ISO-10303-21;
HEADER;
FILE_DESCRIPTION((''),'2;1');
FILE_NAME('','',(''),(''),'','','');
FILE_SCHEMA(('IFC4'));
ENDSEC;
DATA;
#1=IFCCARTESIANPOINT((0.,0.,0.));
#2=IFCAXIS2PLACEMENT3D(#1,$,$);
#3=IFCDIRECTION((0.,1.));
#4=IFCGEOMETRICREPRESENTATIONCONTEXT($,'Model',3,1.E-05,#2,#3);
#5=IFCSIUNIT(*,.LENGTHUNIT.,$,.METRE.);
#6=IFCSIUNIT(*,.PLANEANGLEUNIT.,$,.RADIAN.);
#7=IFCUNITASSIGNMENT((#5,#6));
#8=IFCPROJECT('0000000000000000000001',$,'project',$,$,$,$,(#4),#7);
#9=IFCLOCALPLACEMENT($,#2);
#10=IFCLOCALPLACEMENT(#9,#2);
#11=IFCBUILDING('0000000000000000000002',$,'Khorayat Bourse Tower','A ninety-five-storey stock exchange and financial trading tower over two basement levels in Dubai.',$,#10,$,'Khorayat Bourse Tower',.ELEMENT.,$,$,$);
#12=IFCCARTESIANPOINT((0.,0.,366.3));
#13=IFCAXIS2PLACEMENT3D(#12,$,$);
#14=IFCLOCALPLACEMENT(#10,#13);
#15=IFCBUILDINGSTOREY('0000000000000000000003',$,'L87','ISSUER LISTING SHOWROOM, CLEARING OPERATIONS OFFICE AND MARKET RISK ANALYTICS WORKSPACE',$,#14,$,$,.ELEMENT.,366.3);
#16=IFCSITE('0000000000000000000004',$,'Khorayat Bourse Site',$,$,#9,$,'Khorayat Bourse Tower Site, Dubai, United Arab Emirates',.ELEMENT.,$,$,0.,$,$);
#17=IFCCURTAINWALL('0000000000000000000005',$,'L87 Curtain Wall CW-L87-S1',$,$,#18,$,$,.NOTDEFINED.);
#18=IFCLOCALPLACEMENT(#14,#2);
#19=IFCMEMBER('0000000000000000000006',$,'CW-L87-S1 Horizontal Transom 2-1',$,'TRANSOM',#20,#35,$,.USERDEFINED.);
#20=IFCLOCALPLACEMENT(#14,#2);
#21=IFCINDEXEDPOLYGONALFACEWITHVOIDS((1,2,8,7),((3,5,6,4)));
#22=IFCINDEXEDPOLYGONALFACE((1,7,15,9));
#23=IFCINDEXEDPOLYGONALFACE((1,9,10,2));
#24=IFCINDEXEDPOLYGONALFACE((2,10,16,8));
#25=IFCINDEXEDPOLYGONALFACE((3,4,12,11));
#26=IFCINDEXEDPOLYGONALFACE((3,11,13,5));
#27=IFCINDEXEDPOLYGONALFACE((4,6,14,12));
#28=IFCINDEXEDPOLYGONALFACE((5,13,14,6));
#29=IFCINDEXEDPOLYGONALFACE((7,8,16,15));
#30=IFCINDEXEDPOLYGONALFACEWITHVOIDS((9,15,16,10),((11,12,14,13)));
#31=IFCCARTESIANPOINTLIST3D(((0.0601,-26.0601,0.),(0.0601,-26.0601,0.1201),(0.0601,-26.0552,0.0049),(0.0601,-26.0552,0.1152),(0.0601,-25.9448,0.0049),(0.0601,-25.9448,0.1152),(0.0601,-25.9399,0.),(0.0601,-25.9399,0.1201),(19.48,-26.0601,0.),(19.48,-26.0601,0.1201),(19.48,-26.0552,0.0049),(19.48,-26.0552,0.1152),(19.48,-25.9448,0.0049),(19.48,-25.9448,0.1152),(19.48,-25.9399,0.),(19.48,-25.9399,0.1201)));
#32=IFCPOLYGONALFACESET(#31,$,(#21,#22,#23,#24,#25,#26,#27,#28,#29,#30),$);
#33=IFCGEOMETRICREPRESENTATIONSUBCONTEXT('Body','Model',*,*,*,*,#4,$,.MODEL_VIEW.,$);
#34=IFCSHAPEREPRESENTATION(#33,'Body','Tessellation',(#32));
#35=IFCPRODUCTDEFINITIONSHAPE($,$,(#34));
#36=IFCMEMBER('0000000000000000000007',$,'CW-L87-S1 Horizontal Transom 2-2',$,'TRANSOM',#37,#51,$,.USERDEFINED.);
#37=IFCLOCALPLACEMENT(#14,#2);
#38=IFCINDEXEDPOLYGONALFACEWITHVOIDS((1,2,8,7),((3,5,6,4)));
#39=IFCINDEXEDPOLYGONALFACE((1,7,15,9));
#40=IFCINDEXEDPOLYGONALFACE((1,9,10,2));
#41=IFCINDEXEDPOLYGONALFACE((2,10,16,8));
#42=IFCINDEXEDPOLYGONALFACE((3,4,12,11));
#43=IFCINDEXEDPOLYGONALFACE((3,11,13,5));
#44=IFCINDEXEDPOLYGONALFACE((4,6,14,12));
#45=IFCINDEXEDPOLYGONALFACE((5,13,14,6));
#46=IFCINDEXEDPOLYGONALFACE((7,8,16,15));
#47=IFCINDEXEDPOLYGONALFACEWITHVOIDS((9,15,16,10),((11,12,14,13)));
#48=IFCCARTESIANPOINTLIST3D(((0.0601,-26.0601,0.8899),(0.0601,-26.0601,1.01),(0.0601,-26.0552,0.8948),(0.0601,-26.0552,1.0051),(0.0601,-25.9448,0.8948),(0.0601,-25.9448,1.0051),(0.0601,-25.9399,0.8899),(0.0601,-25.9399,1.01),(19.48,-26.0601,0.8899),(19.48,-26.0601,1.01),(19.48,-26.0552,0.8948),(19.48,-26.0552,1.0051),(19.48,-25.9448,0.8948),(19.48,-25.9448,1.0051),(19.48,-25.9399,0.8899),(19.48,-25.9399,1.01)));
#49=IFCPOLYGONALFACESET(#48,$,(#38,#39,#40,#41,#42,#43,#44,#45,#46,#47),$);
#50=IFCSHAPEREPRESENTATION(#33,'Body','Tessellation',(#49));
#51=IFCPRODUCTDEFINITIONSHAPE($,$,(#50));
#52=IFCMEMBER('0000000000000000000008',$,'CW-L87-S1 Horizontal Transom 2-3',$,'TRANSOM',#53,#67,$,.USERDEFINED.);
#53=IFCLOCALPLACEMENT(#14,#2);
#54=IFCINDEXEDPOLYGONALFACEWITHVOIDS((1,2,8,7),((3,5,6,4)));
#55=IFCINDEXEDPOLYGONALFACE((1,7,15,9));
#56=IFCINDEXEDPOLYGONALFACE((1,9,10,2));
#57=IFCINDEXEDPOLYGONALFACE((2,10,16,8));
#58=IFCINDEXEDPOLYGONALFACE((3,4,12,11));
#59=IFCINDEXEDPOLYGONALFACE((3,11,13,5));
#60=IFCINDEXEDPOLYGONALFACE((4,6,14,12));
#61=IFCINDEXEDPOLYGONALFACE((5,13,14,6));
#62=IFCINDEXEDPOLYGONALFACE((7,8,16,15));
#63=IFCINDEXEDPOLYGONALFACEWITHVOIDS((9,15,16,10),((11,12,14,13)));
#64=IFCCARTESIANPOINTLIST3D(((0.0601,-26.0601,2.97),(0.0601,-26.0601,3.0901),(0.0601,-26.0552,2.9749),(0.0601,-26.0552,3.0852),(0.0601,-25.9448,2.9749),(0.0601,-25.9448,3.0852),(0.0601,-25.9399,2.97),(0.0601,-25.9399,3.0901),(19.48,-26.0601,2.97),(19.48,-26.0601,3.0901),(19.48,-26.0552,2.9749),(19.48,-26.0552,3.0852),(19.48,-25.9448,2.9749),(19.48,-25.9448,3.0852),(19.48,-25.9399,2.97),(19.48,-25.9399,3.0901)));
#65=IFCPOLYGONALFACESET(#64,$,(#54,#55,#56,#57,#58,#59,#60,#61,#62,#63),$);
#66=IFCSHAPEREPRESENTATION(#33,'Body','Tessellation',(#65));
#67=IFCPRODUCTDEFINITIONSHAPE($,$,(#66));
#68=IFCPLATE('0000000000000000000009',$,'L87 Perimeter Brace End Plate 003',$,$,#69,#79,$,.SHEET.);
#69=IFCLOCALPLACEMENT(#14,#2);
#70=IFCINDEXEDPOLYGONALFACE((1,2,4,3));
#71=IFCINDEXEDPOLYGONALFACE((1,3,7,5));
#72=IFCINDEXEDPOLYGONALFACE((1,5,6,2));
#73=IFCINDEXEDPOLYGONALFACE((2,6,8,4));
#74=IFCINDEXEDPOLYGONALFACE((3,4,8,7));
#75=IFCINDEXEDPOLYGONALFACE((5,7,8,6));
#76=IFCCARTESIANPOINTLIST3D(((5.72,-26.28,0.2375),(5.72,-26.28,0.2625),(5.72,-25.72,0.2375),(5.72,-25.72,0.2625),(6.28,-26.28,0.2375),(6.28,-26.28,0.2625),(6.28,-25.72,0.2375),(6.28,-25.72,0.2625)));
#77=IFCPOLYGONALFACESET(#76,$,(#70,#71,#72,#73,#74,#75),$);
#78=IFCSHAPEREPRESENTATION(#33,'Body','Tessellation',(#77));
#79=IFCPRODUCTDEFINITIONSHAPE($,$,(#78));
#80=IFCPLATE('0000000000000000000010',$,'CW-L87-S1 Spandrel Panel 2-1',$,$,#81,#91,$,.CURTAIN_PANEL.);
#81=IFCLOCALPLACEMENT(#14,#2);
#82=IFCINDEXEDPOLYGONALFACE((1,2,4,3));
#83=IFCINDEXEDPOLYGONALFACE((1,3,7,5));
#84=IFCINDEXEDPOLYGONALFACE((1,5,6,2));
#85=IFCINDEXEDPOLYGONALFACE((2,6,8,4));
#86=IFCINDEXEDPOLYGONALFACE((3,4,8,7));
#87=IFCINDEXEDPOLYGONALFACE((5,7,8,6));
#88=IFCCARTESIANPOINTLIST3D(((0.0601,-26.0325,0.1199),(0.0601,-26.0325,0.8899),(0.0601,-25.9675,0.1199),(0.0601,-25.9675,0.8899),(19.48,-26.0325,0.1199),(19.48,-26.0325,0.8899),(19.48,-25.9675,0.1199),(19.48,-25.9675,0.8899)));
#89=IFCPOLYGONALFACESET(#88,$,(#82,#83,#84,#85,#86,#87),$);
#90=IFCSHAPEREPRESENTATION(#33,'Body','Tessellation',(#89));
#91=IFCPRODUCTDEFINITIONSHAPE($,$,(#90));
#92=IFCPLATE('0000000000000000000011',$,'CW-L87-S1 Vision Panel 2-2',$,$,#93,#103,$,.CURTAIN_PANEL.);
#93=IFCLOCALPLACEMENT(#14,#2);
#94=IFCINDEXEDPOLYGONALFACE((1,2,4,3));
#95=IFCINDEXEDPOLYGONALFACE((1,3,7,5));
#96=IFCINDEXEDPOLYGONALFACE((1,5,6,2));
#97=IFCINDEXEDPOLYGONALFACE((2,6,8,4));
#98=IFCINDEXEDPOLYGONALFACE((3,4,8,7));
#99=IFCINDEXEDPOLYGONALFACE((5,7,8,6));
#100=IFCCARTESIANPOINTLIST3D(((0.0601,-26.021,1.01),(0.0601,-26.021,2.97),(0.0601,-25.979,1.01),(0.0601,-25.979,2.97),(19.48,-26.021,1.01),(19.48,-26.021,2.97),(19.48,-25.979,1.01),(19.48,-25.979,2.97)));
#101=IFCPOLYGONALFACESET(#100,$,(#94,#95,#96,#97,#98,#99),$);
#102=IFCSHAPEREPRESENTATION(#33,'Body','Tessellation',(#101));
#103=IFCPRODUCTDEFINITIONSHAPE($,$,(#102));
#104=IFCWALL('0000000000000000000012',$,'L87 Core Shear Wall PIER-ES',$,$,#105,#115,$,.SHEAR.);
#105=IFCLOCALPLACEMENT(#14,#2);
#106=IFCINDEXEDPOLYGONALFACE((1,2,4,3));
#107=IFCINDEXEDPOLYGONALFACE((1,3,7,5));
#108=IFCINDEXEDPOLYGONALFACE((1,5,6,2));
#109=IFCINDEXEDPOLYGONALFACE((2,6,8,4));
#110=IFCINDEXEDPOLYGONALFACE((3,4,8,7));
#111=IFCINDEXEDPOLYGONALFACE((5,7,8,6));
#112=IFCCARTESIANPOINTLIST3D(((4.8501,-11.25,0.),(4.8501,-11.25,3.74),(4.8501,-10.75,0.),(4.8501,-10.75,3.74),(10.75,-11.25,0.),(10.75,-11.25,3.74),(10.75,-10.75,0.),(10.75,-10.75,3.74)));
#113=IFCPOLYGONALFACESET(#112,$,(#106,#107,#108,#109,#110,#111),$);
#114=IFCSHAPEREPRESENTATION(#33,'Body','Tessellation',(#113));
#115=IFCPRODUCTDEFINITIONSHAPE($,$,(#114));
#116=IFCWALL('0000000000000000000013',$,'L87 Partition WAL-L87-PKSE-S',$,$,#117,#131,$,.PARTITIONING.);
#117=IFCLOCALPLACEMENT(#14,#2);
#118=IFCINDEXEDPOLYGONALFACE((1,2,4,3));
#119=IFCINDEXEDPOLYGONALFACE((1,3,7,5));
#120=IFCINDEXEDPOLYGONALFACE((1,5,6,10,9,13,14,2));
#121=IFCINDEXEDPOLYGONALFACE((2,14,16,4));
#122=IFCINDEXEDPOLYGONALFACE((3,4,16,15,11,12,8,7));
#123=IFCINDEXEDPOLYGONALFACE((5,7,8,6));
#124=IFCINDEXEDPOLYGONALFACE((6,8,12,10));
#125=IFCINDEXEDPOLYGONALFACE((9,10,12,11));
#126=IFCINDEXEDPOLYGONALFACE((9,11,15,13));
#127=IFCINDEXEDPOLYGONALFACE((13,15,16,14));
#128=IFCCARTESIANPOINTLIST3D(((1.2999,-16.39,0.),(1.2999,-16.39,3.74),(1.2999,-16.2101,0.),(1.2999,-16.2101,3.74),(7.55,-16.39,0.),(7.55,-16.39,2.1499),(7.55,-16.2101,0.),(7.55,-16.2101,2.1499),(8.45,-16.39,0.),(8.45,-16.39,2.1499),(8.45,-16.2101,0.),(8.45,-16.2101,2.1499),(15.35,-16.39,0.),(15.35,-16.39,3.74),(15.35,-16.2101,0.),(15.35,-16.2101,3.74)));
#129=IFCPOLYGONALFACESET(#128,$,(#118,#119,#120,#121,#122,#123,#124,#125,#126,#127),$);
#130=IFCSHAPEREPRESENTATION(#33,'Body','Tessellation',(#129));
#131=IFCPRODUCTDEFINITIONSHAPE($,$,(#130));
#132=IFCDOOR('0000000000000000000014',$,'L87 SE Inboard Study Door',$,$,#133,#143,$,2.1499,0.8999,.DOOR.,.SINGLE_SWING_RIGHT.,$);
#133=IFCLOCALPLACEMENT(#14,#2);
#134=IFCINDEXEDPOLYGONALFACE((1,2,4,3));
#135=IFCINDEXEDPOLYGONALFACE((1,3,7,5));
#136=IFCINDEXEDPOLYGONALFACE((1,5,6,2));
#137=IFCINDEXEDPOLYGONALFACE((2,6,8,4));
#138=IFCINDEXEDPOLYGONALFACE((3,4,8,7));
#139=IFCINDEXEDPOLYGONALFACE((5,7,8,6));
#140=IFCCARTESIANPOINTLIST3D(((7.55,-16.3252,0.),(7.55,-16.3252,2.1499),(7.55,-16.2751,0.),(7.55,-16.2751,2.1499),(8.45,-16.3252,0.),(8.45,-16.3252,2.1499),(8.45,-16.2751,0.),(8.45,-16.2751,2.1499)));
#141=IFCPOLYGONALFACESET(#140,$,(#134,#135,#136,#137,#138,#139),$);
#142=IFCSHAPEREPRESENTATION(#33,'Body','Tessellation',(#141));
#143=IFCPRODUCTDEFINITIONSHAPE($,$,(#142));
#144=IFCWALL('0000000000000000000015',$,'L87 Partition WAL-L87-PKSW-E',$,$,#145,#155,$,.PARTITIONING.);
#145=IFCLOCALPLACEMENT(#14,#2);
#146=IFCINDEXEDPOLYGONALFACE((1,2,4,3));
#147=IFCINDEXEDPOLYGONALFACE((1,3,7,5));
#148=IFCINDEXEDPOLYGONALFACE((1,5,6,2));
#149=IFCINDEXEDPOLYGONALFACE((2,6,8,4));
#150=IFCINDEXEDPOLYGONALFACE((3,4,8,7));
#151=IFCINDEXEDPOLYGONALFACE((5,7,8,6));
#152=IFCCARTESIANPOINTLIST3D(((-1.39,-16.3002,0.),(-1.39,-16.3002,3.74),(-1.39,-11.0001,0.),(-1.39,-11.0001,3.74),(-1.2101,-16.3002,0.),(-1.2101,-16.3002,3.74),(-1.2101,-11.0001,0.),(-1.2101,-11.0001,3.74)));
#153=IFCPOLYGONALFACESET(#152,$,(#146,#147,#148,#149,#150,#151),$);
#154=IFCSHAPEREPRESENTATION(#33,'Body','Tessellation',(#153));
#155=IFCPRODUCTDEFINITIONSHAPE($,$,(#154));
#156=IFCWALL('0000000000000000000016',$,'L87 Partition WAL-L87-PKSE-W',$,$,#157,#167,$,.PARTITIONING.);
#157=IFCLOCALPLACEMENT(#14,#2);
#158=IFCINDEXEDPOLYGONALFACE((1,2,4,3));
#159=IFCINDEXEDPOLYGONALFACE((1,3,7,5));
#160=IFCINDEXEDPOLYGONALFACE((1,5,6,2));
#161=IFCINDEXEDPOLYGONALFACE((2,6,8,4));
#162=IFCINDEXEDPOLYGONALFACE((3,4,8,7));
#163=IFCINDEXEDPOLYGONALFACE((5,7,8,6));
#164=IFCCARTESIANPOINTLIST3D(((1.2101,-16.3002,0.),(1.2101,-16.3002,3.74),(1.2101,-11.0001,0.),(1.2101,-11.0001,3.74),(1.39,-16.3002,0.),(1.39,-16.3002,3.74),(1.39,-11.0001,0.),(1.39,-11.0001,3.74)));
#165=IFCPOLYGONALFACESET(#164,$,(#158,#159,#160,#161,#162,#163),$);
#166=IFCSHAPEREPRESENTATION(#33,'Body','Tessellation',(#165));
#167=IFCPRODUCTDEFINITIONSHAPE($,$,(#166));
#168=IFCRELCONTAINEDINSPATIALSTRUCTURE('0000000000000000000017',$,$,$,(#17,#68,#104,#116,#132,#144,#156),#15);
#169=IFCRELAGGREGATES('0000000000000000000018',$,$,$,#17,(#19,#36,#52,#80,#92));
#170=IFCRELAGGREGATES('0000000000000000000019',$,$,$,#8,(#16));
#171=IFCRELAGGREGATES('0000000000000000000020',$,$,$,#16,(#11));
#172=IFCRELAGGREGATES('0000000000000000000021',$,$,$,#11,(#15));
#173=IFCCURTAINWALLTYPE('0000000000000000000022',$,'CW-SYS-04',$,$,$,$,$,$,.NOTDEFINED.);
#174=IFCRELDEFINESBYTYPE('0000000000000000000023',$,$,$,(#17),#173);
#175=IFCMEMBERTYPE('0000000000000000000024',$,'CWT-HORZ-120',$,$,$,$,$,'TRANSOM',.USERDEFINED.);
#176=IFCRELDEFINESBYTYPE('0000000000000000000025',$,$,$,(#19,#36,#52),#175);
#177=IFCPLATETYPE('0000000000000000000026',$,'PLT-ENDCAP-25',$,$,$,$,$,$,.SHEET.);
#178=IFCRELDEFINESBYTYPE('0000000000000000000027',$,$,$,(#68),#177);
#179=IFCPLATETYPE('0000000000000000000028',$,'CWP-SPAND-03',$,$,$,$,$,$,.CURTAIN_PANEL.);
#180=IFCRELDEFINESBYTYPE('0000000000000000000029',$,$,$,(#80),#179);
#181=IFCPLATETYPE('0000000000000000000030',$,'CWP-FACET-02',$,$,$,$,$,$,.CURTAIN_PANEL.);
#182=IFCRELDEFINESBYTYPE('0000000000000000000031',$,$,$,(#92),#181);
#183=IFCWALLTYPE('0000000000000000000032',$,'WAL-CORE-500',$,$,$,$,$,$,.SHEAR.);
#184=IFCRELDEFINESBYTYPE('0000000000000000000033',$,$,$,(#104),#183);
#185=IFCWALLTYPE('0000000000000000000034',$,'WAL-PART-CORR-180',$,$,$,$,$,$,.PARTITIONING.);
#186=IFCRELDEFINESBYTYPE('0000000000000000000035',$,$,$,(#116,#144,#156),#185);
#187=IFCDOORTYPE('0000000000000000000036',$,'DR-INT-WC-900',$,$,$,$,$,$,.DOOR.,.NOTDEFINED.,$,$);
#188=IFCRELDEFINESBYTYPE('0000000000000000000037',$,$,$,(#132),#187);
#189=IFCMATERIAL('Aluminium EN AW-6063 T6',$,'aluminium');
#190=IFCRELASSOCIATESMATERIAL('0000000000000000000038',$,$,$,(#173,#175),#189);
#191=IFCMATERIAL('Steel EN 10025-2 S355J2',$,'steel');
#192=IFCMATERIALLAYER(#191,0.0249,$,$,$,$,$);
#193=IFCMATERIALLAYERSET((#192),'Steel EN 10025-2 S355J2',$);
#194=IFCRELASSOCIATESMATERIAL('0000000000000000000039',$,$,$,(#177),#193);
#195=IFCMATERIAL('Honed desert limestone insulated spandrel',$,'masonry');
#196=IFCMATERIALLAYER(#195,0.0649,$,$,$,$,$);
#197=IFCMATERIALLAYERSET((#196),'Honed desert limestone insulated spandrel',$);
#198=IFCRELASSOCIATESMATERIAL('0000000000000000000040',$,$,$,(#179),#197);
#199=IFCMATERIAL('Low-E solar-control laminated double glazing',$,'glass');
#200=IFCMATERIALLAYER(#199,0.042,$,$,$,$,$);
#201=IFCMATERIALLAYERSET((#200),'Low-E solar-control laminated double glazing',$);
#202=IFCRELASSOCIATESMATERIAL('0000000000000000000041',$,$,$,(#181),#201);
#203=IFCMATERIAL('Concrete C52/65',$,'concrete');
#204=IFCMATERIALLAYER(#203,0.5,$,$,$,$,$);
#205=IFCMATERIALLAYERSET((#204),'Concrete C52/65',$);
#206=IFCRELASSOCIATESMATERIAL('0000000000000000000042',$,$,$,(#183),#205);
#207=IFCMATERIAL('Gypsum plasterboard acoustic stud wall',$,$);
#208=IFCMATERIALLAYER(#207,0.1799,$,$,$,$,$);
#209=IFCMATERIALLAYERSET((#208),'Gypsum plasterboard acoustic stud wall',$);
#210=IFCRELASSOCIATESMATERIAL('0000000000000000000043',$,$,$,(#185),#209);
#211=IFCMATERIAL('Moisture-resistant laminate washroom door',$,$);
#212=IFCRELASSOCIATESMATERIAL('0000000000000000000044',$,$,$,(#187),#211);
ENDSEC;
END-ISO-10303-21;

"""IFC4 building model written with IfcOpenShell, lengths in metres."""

from ifc_helpers import new_model, si_unit, direction, frame, frame_2d, origin, origin_2d, place, context, subcontext, project, spatial, rectangle, hollow_rectangle, extrude, source, transform, mapped, material, layer, layer_set, material_profile, profile_set, type_object, element, fill, aggregate, save


model = new_model("IFC4")

# Units and contexts
model_context = context("Model", 3, precision=1e-05, world=origin(), true_north=direction((0.0, 1.0)))
body_context = subcontext(model_context, "Body", "Model", "MODEL_VIEW")
ifc_project = project(units=[si_unit("LENGTHUNIT", "METRE"), si_unit("PLANEANGLEUNIT", "RADIAN")], contexts=[model_context])

# Site, building, storey
site_placement = place(None, origin())
site = spatial("IfcSite", under=ifc_project, at=site_placement, Name="Khorayat Bourse Site", LongName="Khorayat Bourse Tower Site, Dubai, United Arab Emirates", CompositionType="ELEMENT", RefElevation=0.0)
building_placement = place(site_placement, origin())
building = spatial("IfcBuilding", under=site, at=building_placement, Name="Khorayat Bourse Tower", Description="A ninety-five-storey stock exchange and financial trading tower over two basement levels in Dubai.", LongName="Khorayat Bourse Tower", CompositionType="ELEMENT")
storey_placement = place(building_placement, frame((0.0, 0.0, 366.3)))
storey = spatial("IfcBuildingStorey", under=building, at=storey_placement, Name="L87", Description="ISSUER LISTING SHOWROOM, CLEARING OPERATIONS OFFICE AND MARKET RISK ANALYTICS WORKSPACE", CompositionType="ELEMENT", Elevation=366.3)

# Shared definitions
ifc_material_1 = material(Name="Concrete C52/65", Category="concrete")
ifc_material_2 = material(Name="Steel EN 10025-2 S355J2", Category="steel")

# Curtain wall, members
ifc_material_3 = material(Name="Aluminium EN AW-6063 T6", Category="aluminium")
curtain_wall_type = type_object("IfcCurtainWallType", Name="CW-SYS-04", PredefinedType="NOTDEFINED", material=ifc_material_3)
curtain_wall_placement = place(storey_placement, origin())
curtain_wall = element("IfcCurtainWall", 1, at=curtain_wall_placement, inside=storey, type_object=curtain_wall_type, Name="L87 Curtain Wall CW-L87-S1", PredefinedType="NOTDEFINED")
ifc_material_profile_1 = material_profile(ifc_material_3, hollow_rectangle(XDim=0.1201, YDim=0.1201, WallThickness=0.0049, at=origin_2d()), Name="ALU 120x120x5")
ifc_profile_set_1 = profile_set([ifc_material_profile_1], Name="Aluminium EN AW-6063 T6")
member_type_1 = type_object("IfcMemberType", Name="CWT-HORZ-120", ElementType="TRANSOM", PredefinedType="USERDEFINED", material=ifc_profile_set_1)
shared_shape_1 = source(origin(), body_context, "Body", "SweptSolid", [
    extrude(hollow_rectangle(XDim=0.1201, YDim=0.1201, WallThickness=0.0049, at=origin_2d()), origin(), (0.0, 0.0, 1.0), 19.4199),
])
member_1_placement = place(storey_placement, frame((0.0601, -26.0, 0.0601), z_axis=(1.0, 0.0, 0.0), x_axis=(0.0, 1.0, 0.0)))
member_1 = element("IfcMember", 2, at=member_1_placement, type_object=member_type_1, Name="CW-L87-S1 Horizontal Transom 2-1", ObjectType="TRANSOM", PredefinedType="USERDEFINED", context=body_context, shape_type="MappedRepresentation", body=[
    mapped(shared_shape_1, transform((0.0, 0.0, 0.0), scale=1.0)),
])
member_2_placement = place(storey_placement, frame((0.0601, -26.0, 0.95), z_axis=(1.0, 0.0, 0.0), x_axis=(0.0, 1.0, 0.0)))
member_2 = element("IfcMember", 3, at=member_2_placement, type_object=member_type_1, Name="CW-L87-S1 Horizontal Transom 2-2", ObjectType="TRANSOM", PredefinedType="USERDEFINED", context=body_context, shape_type="MappedRepresentation", body=[
    mapped(shared_shape_1, transform((0.0, 0.0, 0.0), scale=1.0)),
])
member_3_placement = place(storey_placement, frame((0.0601, -26.0, 3.03), z_axis=(1.0, 0.0, 0.0), x_axis=(0.0, 1.0, 0.0)))
member_3 = element("IfcMember", 4, at=member_3_placement, type_object=member_type_1, Name="CW-L87-S1 Horizontal Transom 2-3", ObjectType="TRANSOM", PredefinedType="USERDEFINED", context=body_context, shape_type="MappedRepresentation", body=[
    mapped(shared_shape_1, transform((0.0, 0.0, 0.0), scale=1.0)),
])

# Plates
ifc_layer_1 = layer(ifc_material_2, 0.0249)
ifc_layer_set_1 = layer_set([ifc_layer_1], Name="Steel EN 10025-2 S355J2")
plate_type_1 = type_object("IfcPlateType", Name="PLT-ENDCAP-25", PredefinedType="SHEET", material=ifc_layer_set_1)
shared_shape_2 = source(origin(), body_context, "Body", "SweptSolid", [
    extrude(rectangle(XDim=0.5601, YDim=0.5601, at=origin_2d()), origin(), (0.0, 0.0, 1.0), 0.0249),
])
plate_1_placement = place(storey_placement, frame((6.0, -26.0, 0.2375), z_axis=(0.0, 0.0, 1.0), x_axis=(1.0, 0.0, 0.0)))
element("IfcPlate", 5, at=plate_1_placement, inside=storey, type_object=plate_type_1, Name="L87 Perimeter Brace End Plate 003", PredefinedType="SHEET", context=body_context, shape_type="MappedRepresentation", body=[
    mapped(shared_shape_2, transform((0.0, 0.0, 0.0), scale=1.0)),
])
ifc_material_4 = material(Name="Honed desert limestone insulated spandrel", Category="masonry")
ifc_layer_2 = layer(ifc_material_4, 0.0649)
ifc_layer_set_2 = layer_set([ifc_layer_2], Name="Honed desert limestone insulated spandrel")
plate_type_2 = type_object("IfcPlateType", Name="CWP-SPAND-03", PredefinedType="CURTAIN_PANEL", material=ifc_layer_set_2)
shared_shape_3 = source(origin(), body_context, "Body", "SweptSolid", [
    extrude(rectangle(XDim=19.4199, YDim=0.0649, at=origin_2d()), origin(), (0.0, 0.0, 1.0), 0.77),
])
plate_2_placement = place(storey_placement, frame((9.77, -26.0, 0.1199), z_axis=(0.0, 0.0, 1.0), x_axis=(1.0, 0.0, 0.0)))
plate_2 = element("IfcPlate", 6, at=plate_2_placement, type_object=plate_type_2, Name="CW-L87-S1 Spandrel Panel 2-1", PredefinedType="CURTAIN_PANEL", context=body_context, shape_type="MappedRepresentation", body=[
    mapped(shared_shape_3, transform((0.0, 0.0, 0.0), scale=1.0)),
])
ifc_material_5 = material(Name="Low-E solar-control laminated double glazing", Category="glass")
ifc_layer_3 = layer(ifc_material_5, 0.042)
ifc_layer_set_3 = layer_set([ifc_layer_3], Name="Low-E solar-control laminated double glazing")
plate_type_3 = type_object("IfcPlateType", Name="CWP-FACET-02", PredefinedType="CURTAIN_PANEL", material=ifc_layer_set_3)
shared_shape_4 = source(origin(), body_context, "Body", "SweptSolid", [
    extrude(rectangle(XDim=19.4199, YDim=0.042, at=origin_2d()), origin(), (0.0, 0.0, 1.0), 1.96),
])
plate_3_placement = place(storey_placement, frame((9.77, -26.0, 1.01), z_axis=(0.0, 0.0, 1.0), x_axis=(1.0, 0.0, 0.0)))
plate_3 = element("IfcPlate", 7, at=plate_3_placement, type_object=plate_type_3, Name="CW-L87-S1 Vision Panel 2-2", PredefinedType="CURTAIN_PANEL", context=body_context, shape_type="MappedRepresentation", body=[
    mapped(shared_shape_4, transform((0.0, 0.0, 0.0), scale=1.0)),
])
aggregate(curtain_wall, [member_1, member_2, member_3, plate_2, plate_3])

# Wall
ifc_layer_4 = layer(ifc_material_1, 0.5)
ifc_layer_set_4 = layer_set([ifc_layer_4], Name="Concrete C52/65")
wall_type_1 = type_object("IfcWallType", Name="WAL-CORE-500", PredefinedType="SHEAR", material=ifc_layer_set_4)
shared_shape_5 = source(origin(), body_context, "Body", "SweptSolid", [
    extrude(rectangle(XDim=5.8999, YDim=0.5, at=frame_2d((2.95, 0.0))), origin(), (0.0, 0.0, 1.0), 3.74),
])
wall_1_placement = place(storey_placement, frame((4.8501, -11.0, 0.0), z_axis=(0.0, 0.0, 1.0), x_axis=(1.0, 0.0, 0.0)))
element("IfcWall", 8, at=wall_1_placement, inside=storey, type_object=wall_type_1, Name="L87 Core Shear Wall PIER-ES", PredefinedType="SHEAR", context=body_context, shape_type="MappedRepresentation", body=[
    mapped(shared_shape_5, transform((0.0, 0.0, 0.0), scale=1.0)),
])

# Wall, opening, door
ifc_material_6 = material(Name="Gypsum plasterboard acoustic stud wall")
ifc_layer_5 = layer(ifc_material_6, 0.1799)
ifc_layer_set_5 = layer_set([ifc_layer_5], Name="Gypsum plasterboard acoustic stud wall")
wall_type_2 = type_object("IfcWallType", Name="WAL-PART-CORR-180", PredefinedType="PARTITIONING", material=ifc_layer_set_5)
shared_shape_6 = source(origin(), body_context, "Body", "SweptSolid", [
    extrude(rectangle(XDim=14.05, YDim=0.1799, at=frame_2d((7.0249, 0.0))), origin(), (0.0, 0.0, 1.0), 3.74),
])
wall_2_placement = place(storey_placement, frame((1.3, -16.3, 0.0), z_axis=(0.0, 0.0, 1.0), x_axis=(1.0, 0.0, 0.0)))
wall_2 = element("IfcWall", 9, at=wall_2_placement, inside=storey, type_object=wall_type_2, Name="L87 Partition WAL-L87-PKSE-S", PredefinedType="PARTITIONING", context=body_context, shape_type="MappedRepresentation", body=[
    mapped(shared_shape_6, transform((0.0, 0.0, 0.0), scale=1.0)),
])
shared_shape_7 = source(origin(), body_context, "Body", "SweptSolid", [
    extrude(rectangle(XDim=0.8999, YDim=2.1499, at=frame_2d((0.45, 1.075))), frame((0.0, 0.0999, 0.0), z_axis=(0.0, -1.0, 0.0), x_axis=(1.0, 0.0, 0.0)), (0.0, 0.0, 1.0), 0.2),
])
opening_placement = place(wall_2_placement, frame((6.25, 0.0, 0.0)))
opening = element("IfcOpeningElement", 10, at=opening_placement, cuts=wall_2, PredefinedType="OPENING", context=body_context, shape_type="MappedRepresentation", body=[
    mapped(shared_shape_7, transform((0.0, 0.0, 0.0), scale=1.0)),
])
ifc_material_7 = material(Name="Moisture-resistant laminate washroom door")
door_type = type_object("IfcDoorType", Name="DR-INT-WC-900", OperationType="NOTDEFINED", PredefinedType="DOOR", material=ifc_material_7)
shared_shape_8 = source(origin(), body_context, "Body", "SweptSolid", [
    extrude(rectangle(XDim=0.8999, YDim=2.1499, at=frame_2d((0.45, 1.075))), frame((0.0, 0.0249, 0.0), z_axis=(0.0, -1.0, 0.0), x_axis=(1.0, 0.0, 0.0)), (0.0, 0.0, 1.0), 0.05),
])
door_placement = place(opening_placement, origin())
door = element("IfcDoor", 11, at=door_placement, inside=storey, type_object=door_type, Name="L87 SE Inboard Study Door", OperationType="SINGLE_SWING_RIGHT", OverallHeight=2.1499, OverallWidth=0.8999, PredefinedType="DOOR", context=body_context, shape_type="MappedRepresentation", body=[
    mapped(shared_shape_8, transform((0.0, 0.0, 0.0), scale=1.0)),
])
fill(opening, door)

# Walls
shared_shape_9 = source(origin(), body_context, "Body", "SweptSolid", [
    extrude(rectangle(XDim=5.3, YDim=0.1799, at=frame_2d((2.6499, 0.0))), origin(), (0.0, 0.0, 1.0), 3.74),
])
for number, where, z_axis, x_axis, name in (
    (12, (-1.3, -16.3, 0.0), (0.0, 0.0, 1.0), (0.0, 1.0, 0.0), "L87 Partition WAL-L87-PKSW-E"),
    (13, (1.3, -16.3, 0.0), (0.0, 0.0, 1.0), (0.0, 1.0, 0.0), "L87 Partition WAL-L87-PKSE-W"),
):
    element("IfcWall", number, at=place(storey_placement, frame(where, z_axis=z_axis, x_axis=x_axis)), inside=storey, type_object=wall_type_2, Name=name, PredefinedType="PARTITIONING", context=body_context, shape_type="MappedRepresentation", body=[
        mapped(shared_shape_9, transform((0.0, 0.0, 0.0), scale=1.0)),
    ])

save(model, "model.ifc")
